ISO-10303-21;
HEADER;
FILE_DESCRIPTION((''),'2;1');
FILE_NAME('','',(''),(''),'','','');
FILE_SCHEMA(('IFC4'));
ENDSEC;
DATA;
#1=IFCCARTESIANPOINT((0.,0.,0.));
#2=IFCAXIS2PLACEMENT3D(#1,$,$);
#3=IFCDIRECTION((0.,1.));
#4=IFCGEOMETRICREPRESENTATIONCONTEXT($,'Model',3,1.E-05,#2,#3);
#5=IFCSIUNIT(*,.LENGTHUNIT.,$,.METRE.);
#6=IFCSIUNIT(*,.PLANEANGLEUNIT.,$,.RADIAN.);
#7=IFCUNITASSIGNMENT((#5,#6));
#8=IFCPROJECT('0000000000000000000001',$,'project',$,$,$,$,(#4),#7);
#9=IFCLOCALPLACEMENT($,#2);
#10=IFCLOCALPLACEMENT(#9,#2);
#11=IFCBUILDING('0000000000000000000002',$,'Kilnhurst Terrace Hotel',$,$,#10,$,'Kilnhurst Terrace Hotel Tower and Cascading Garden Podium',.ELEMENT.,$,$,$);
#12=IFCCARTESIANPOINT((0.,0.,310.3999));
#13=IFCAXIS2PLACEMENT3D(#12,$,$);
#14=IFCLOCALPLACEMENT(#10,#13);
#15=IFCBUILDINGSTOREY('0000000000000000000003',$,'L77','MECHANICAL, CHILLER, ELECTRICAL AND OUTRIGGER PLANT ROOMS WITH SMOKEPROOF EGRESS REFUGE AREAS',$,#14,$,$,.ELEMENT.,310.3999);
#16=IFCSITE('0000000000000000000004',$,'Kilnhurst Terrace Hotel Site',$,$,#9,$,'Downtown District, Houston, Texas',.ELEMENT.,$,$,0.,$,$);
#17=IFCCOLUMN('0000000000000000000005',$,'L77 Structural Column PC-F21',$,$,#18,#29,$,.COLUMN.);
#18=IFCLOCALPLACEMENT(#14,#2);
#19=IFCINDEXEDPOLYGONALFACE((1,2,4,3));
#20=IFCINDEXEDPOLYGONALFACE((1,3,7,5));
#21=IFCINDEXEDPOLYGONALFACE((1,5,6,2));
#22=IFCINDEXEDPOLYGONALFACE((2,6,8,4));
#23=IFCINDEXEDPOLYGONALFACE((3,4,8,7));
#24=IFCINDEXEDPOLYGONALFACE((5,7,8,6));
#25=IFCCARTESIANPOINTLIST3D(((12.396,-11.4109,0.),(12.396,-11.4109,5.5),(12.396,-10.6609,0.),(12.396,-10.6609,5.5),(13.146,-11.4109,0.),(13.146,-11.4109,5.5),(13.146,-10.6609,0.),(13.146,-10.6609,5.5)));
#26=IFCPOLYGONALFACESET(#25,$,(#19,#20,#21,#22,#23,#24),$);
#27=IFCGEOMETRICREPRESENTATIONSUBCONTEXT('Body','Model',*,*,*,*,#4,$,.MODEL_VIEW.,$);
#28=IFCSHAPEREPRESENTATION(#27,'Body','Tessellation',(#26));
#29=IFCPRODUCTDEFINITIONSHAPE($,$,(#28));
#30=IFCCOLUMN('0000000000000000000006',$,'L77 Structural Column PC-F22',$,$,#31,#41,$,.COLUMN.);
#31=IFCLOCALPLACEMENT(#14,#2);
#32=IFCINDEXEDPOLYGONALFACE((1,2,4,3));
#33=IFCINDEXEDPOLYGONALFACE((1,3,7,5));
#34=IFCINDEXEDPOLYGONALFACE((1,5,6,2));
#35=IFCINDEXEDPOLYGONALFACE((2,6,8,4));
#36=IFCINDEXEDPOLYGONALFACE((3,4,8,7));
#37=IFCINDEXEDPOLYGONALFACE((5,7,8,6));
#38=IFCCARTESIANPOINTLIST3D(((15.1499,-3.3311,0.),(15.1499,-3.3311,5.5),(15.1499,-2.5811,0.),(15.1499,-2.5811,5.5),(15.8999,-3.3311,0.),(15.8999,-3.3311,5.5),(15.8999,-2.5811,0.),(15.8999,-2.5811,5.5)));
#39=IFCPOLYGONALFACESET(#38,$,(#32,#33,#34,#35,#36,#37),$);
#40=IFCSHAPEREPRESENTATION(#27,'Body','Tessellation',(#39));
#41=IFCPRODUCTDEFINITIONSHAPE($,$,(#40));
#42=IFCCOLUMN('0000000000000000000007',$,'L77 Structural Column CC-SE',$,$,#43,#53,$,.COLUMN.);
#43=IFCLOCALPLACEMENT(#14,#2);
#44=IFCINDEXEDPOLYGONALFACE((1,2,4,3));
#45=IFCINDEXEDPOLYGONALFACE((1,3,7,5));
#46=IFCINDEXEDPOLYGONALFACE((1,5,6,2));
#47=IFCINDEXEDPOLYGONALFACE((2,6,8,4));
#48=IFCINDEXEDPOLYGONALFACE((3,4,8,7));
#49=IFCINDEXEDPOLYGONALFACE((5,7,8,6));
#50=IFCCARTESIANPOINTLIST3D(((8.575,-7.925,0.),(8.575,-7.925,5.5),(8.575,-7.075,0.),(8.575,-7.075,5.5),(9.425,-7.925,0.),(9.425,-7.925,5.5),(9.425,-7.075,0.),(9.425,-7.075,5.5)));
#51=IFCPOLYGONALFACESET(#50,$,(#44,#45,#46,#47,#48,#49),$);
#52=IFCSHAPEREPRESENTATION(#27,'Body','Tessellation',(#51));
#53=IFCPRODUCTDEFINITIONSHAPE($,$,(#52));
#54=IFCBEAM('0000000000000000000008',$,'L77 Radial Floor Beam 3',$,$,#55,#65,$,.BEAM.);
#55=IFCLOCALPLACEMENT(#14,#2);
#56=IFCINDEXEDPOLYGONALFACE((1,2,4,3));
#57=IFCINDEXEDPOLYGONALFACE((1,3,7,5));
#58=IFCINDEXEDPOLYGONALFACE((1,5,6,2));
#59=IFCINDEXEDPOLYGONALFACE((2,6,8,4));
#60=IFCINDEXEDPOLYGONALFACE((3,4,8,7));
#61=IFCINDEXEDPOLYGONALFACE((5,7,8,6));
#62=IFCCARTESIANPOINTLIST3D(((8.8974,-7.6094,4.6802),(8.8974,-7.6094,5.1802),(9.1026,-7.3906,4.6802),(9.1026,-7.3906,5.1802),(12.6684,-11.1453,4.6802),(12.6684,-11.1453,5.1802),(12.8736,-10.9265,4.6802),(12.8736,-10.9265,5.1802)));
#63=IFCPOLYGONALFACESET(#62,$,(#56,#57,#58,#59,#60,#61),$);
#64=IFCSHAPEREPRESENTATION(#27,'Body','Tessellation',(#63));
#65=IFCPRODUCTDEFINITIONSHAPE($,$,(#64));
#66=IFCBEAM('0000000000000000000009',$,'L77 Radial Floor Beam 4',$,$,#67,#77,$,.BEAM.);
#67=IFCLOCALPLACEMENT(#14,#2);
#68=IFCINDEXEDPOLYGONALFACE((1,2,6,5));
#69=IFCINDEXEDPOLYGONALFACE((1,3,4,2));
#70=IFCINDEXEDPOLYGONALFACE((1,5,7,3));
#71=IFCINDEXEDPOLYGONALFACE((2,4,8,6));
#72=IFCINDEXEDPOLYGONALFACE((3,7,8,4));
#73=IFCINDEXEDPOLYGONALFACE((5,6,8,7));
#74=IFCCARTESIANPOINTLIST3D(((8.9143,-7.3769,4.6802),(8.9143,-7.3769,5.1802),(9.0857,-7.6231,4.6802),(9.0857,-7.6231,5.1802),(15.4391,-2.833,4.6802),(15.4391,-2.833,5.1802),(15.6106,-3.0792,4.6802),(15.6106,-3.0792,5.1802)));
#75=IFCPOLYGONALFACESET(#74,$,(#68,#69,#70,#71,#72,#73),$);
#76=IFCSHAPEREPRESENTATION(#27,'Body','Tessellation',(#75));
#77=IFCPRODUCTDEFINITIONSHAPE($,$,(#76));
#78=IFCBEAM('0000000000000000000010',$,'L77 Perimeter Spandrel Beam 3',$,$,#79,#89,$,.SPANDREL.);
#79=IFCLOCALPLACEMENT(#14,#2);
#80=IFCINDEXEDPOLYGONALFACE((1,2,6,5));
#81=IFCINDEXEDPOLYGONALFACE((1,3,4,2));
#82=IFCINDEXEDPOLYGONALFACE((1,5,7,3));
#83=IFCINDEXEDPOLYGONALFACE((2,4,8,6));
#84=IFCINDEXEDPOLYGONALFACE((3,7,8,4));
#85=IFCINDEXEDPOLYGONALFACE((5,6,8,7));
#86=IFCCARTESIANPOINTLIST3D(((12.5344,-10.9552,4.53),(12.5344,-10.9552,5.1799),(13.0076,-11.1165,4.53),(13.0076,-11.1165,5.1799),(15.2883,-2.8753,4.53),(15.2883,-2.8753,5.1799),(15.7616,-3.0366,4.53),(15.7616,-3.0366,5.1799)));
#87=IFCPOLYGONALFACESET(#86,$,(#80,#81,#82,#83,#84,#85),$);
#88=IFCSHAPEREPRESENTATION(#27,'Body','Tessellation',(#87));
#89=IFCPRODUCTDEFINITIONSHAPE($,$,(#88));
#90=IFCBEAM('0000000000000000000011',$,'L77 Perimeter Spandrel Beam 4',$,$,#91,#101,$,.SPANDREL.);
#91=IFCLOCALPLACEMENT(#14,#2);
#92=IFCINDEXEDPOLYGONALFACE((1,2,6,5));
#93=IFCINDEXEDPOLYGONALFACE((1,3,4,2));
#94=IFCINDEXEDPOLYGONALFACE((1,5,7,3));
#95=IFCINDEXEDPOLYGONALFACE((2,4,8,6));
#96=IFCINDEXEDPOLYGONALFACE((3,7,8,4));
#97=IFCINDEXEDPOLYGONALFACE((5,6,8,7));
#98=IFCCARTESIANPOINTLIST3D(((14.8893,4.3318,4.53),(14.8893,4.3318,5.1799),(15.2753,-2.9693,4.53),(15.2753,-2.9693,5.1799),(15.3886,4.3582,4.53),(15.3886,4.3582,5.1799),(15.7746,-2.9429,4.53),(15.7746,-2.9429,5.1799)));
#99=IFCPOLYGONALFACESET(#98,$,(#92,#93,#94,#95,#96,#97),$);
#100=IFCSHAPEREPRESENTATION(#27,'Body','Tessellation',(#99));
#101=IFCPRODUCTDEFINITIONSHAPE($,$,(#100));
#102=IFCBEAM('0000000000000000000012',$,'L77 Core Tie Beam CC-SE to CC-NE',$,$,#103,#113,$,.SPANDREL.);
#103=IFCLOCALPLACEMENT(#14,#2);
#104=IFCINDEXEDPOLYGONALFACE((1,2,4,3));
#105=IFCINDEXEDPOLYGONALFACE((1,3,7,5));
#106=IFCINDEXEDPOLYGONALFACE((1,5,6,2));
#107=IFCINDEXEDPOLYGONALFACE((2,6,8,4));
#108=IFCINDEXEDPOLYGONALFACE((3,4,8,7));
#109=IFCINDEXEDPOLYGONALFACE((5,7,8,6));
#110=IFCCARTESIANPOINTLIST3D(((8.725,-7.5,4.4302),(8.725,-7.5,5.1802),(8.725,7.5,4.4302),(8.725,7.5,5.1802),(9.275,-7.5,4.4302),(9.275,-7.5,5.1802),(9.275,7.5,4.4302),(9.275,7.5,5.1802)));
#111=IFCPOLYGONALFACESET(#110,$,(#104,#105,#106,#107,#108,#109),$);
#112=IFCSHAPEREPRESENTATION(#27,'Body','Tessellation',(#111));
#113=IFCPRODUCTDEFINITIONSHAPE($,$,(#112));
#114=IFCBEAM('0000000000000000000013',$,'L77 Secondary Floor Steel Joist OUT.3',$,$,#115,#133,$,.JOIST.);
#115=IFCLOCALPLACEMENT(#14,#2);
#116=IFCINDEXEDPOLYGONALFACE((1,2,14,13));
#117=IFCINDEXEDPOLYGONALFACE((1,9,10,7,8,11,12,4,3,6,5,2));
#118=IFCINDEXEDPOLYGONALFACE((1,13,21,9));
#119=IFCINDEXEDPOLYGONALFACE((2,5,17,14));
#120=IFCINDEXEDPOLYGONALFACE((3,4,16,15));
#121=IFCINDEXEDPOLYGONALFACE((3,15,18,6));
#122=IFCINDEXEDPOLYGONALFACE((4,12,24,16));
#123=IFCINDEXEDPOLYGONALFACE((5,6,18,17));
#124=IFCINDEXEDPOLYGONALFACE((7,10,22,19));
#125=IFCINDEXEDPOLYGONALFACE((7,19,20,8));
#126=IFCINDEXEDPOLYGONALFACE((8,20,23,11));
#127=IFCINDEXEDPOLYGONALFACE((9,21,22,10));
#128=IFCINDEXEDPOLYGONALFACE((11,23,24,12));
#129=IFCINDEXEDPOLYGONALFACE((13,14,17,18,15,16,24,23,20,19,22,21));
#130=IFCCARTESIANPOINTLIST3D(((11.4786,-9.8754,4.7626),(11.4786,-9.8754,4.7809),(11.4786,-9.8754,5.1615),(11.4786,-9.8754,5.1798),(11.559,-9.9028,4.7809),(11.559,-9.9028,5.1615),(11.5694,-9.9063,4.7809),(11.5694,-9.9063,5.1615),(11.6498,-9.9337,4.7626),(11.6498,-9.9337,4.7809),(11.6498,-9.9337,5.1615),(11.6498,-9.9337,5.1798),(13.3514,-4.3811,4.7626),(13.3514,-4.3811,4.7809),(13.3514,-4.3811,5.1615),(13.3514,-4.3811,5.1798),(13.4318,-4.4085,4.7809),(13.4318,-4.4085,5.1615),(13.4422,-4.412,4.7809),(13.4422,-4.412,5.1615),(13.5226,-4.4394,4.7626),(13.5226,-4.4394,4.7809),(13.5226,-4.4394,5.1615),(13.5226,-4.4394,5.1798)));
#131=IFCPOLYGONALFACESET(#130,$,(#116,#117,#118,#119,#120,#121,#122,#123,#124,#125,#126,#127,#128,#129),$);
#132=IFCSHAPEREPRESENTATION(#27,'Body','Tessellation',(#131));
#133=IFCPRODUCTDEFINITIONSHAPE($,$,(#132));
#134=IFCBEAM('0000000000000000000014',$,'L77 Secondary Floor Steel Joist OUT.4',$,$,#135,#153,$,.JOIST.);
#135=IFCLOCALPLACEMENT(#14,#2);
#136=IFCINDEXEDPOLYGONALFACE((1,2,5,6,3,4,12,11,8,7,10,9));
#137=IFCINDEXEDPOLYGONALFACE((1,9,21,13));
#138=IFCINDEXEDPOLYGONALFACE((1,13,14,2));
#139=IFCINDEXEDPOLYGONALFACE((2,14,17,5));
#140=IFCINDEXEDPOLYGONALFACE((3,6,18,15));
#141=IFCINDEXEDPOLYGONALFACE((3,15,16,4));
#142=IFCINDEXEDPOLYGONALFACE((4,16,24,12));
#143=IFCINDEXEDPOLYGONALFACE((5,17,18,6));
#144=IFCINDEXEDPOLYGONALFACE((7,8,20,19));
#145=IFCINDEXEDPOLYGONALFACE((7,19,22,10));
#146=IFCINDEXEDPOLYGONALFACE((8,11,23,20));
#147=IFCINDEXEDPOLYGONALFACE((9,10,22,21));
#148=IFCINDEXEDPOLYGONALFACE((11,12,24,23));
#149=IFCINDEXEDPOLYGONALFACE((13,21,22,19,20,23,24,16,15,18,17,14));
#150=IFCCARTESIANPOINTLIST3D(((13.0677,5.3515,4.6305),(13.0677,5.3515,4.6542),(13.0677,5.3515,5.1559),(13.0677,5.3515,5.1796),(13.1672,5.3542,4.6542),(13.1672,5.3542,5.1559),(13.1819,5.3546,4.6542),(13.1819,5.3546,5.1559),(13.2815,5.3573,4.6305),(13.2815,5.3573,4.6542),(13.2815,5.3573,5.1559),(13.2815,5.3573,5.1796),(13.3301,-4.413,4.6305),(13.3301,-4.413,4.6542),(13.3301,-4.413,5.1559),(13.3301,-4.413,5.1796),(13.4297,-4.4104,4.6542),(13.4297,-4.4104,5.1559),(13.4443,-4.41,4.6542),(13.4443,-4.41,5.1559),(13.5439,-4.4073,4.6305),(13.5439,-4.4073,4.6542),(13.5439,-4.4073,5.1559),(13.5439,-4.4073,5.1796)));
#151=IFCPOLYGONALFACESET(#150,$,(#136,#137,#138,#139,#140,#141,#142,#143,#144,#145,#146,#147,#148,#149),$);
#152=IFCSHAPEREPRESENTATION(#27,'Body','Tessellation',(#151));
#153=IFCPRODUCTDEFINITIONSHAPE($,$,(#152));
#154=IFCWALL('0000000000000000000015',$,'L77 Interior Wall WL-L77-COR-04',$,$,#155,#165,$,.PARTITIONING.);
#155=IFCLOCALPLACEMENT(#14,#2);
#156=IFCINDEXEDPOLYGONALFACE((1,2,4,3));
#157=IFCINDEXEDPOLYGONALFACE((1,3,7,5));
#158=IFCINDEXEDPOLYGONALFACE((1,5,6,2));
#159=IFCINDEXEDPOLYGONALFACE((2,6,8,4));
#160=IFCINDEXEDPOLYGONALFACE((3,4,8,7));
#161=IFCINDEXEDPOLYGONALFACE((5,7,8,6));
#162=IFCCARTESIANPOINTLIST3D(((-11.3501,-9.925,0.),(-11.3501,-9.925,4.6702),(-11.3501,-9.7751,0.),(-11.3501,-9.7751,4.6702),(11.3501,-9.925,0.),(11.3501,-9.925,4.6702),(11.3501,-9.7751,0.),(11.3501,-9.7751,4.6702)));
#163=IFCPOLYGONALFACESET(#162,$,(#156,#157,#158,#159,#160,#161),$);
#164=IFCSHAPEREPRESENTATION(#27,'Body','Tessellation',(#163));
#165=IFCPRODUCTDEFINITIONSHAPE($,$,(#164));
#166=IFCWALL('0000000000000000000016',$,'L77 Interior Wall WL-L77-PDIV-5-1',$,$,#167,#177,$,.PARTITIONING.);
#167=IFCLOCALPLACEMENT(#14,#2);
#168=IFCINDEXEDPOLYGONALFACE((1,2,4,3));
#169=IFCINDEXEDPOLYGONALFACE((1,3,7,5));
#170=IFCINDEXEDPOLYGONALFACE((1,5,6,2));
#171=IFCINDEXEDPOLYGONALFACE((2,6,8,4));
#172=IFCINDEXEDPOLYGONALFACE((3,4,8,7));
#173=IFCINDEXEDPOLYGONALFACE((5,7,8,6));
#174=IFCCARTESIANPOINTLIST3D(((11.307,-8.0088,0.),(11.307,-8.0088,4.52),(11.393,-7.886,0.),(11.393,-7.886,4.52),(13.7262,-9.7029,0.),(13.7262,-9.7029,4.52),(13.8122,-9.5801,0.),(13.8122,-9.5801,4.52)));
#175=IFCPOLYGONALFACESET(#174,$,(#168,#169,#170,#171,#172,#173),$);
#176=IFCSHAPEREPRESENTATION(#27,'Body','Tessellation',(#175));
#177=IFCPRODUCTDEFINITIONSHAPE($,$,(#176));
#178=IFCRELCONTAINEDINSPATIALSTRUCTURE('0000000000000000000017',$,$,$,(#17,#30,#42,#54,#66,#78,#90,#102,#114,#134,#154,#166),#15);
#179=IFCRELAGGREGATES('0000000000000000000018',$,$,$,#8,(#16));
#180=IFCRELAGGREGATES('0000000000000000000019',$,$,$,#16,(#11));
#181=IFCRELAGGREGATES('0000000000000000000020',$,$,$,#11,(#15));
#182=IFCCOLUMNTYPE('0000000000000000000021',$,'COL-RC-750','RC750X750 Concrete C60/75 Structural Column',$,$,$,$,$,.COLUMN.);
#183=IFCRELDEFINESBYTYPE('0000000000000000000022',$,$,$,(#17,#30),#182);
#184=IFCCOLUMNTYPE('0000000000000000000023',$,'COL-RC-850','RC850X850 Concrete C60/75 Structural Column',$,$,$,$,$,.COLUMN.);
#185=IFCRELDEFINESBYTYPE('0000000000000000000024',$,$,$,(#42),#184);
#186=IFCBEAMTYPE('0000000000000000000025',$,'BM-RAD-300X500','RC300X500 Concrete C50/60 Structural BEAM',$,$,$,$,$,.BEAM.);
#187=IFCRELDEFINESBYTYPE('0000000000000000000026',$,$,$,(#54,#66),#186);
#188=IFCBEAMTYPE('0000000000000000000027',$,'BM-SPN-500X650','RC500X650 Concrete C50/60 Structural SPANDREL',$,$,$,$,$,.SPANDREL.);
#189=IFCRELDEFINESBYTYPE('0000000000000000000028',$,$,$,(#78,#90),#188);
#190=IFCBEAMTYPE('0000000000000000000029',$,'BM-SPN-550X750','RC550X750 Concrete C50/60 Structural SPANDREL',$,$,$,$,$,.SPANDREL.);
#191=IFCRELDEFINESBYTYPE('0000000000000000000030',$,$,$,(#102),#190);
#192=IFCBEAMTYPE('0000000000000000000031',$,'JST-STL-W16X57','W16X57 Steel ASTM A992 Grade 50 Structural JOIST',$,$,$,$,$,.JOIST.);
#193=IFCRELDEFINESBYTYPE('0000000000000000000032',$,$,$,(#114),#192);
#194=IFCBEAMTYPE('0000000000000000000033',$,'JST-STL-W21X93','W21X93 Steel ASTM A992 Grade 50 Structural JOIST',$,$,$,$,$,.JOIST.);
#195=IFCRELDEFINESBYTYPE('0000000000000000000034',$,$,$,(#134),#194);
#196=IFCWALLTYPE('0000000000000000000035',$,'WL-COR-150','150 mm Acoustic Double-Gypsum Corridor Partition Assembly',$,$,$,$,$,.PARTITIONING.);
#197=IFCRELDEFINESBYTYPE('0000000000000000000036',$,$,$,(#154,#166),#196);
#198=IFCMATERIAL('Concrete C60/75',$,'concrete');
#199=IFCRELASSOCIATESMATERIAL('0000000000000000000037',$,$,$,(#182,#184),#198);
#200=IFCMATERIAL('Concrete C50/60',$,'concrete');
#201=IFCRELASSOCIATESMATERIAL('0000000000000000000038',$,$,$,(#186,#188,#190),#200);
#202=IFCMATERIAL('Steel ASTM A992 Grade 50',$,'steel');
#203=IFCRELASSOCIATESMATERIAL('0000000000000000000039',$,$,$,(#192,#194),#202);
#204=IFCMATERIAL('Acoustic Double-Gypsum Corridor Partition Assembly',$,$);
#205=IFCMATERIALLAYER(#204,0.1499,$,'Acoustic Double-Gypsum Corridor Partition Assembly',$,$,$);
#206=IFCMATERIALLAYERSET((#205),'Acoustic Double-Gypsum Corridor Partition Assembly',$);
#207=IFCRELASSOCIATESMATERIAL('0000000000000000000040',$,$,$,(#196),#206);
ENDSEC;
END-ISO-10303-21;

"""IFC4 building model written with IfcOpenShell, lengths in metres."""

from ifc_helpers import new_model, si_unit, direction, frame, frame_2d, origin, origin_2d, place, context, subcontext, project, spatial, rectangle, i_section, extrude, material, layer, layer_set, material_profile, profile_set, type_object, element, save


model = new_model("IFC4")

# Units and contexts
model_context = context("Model", 3, precision=1e-05, world=origin(), true_north=direction((0.0, 1.0)))
body_context = subcontext(model_context, "Body", "Model", "MODEL_VIEW")
ifc_project = project(units=[si_unit("LENGTHUNIT", "METRE"), si_unit("PLANEANGLEUNIT", "RADIAN")], contexts=[model_context])

# Site, building, storey
site_placement = place(None, origin())
site = spatial("IfcSite", under=ifc_project, at=site_placement, Name="Kilnhurst Terrace Hotel Site", LongName="Downtown District, Houston, Texas", CompositionType="ELEMENT", RefElevation=0.0)
building_placement = place(site_placement, origin())
building = spatial("IfcBuilding", under=site, at=building_placement, Name="Kilnhurst Terrace Hotel", LongName="Kilnhurst Terrace Hotel Tower and Cascading Garden Podium", CompositionType="ELEMENT")
storey_placement = place(building_placement, frame((0.0, 0.0, 310.3999)))
storey = spatial("IfcBuildingStorey", under=building, at=storey_placement, Name="L77", Description="MECHANICAL, CHILLER, ELECTRICAL AND OUTRIGGER PLANT ROOMS WITH SMOKEPROOF EGRESS REFUGE AREAS", CompositionType="ELEMENT", Elevation=310.3999)

# Columns
ifc_material_1 = material(Name="Concrete C60/75", Category="concrete")
ifc_material_profile_1 = material_profile(ifc_material_1, rectangle(XDim=0.75, YDim=0.75, at=origin_2d()), Name="RC750X750")
ifc_profile_set_1 = profile_set([ifc_material_profile_1], Name="Concrete C60/75")
column_type_1 = type_object("IfcColumnType", Name="COL-RC-750", Description="RC750X750 Concrete C60/75 Structural Column", PredefinedType="COLUMN", material=ifc_profile_set_1)
for number, where, z_axis, x_axis, name in (
    (1, (12.771, -11.0359, 0.0), (0.0, 0.0, 1.0), (1.0, 0.0, 0.0), "L77 Structural Column PC-F21"),
    (2, (15.5249, -2.9561, 0.0), (0.0, 0.0, 1.0), (1.0, 0.0, 0.0), "L77 Structural Column PC-F22"),
):
    element("IfcColumn", number, at=place(storey_placement, frame(where, z_axis=z_axis, x_axis=x_axis)), inside=storey, type_object=column_type_1, Name=name, PredefinedType="COLUMN", context=body_context, shape_type="SweptSolid", body=[
        extrude(rectangle(XDim=0.75, YDim=0.75, at=origin_2d()), origin(), (0.0, 0.0, 1.0), 5.5),
    ])
ifc_material_profile_2 = material_profile(ifc_material_1, rectangle(XDim=0.8501, YDim=0.8501, at=origin_2d()), Name="RC850X850")
ifc_profile_set_2 = profile_set([ifc_material_profile_2], Name="Concrete C60/75")
column_type_2 = type_object("IfcColumnType", Name="COL-RC-850", Description="RC850X850 Concrete C60/75 Structural Column", PredefinedType="COLUMN", material=ifc_profile_set_2)
column_placement = place(storey_placement, frame((9.0, -7.5, 0.0), z_axis=(0.0, 0.0, 1.0), x_axis=(1.0, 0.0, 0.0)))
element("IfcColumn", 3, at=column_placement, inside=storey, type_object=column_type_2, Name="L77 Structural Column CC-SE", PredefinedType="COLUMN", context=body_context, shape_type="SweptSolid", body=[
    extrude(rectangle(XDim=0.8501, YDim=0.8501, at=origin_2d()), origin(), (0.0, 0.0, 1.0), 5.5),
])

# Beams
ifc_material_2 = material(Name="Concrete C50/60", Category="concrete")
ifc_material_profile_3 = material_profile(ifc_material_2, rectangle(XDim=0.3, YDim=0.5, at=origin_2d()), Name="RC300X500")
ifc_profile_set_3 = profile_set([ifc_material_profile_3], Name="Concrete C50/60")
beam_type_1 = type_object("IfcBeamType", Name="BM-RAD-300X500", Description="RC300X500 Concrete C50/60 Structural BEAM", PredefinedType="BEAM", material=ifc_profile_set_3)
beam_1_placement = place(storey_placement, frame((9.0, -7.5, 4.9302), z_axis=(0.729481, -0.684001, 0.0), x_axis=(0.684001, 0.729481, 0.0)))
element("IfcBeam", 4, at=beam_1_placement, inside=storey, type_object=beam_type_1, Name="L77 Radial Floor Beam 3", PredefinedType="BEAM", context=body_context, shape_type="SweptSolid", body=[
    extrude(rectangle(XDim=0.3, YDim=0.5, at=origin_2d()), origin(), (0.0, 0.0, 1.0), 5.1694),
])
beam_2_placement = place(storey_placement, frame((9.0, -7.5, 4.9302), z_axis=(0.820617, 0.571478, 0.0), x_axis=(-0.571478, 0.820617, 0.0)))
element("IfcBeam", 5, at=beam_2_placement, inside=storey, type_object=beam_type_1, Name="L77 Radial Floor Beam 4", PredefinedType="BEAM", context=body_context, shape_type="SweptSolid", body=[
    extrude(rectangle(XDim=0.3, YDim=0.5, at=origin_2d()), origin(), (0.0, 0.0, 1.0), 7.9512),
])
ifc_material_profile_4 = material_profile(ifc_material_2, rectangle(XDim=0.5, YDim=0.6499, at=origin_2d()), Name="RC500X650")
ifc_profile_set_4 = profile_set([ifc_material_profile_4], Name="Concrete C50/60")
beam_type_2 = type_object("IfcBeamType", Name="BM-SPN-500X650", Description="RC500X650 Concrete C50/60 Structural SPANDREL", PredefinedType="SPANDREL", material=ifc_profile_set_4)
beam_3_placement = place(storey_placement, frame((12.771, -11.0359, 4.855), z_axis=(0.322613, 0.946531, 0.0), x_axis=(-0.946531, 0.322613, 0.0)))
element("IfcBeam", 6, at=beam_3_placement, inside=storey, type_object=beam_type_2, Name="L77 Perimeter Spandrel Beam 3", PredefinedType="SPANDREL", context=body_context, shape_type="SweptSolid", body=[
    extrude(rectangle(XDim=0.5, YDim=0.6499, at=origin_2d()), origin(), (0.0, 0.0, 1.0), 8.5364),
])
beam_4_placement = place(storey_placement, frame((15.5249, -2.9561, 4.855), z_axis=(-0.052794, 0.998605, 0.0), x_axis=(-0.998605, -0.052794, 0.0)))
element("IfcBeam", 7, at=beam_4_placement, inside=storey, type_object=beam_type_2, Name="L77 Perimeter Spandrel Beam 4", PredefinedType="SPANDREL", context=body_context, shape_type="SweptSolid", body=[
    extrude(rectangle(XDim=0.5, YDim=0.6499, at=origin_2d()), origin(), (0.0, 0.0, 1.0), 7.3113),
])
ifc_material_profile_5 = material_profile(ifc_material_2, rectangle(XDim=0.55, YDim=0.75, at=origin_2d()), Name="RC550X750")
ifc_profile_set_5 = profile_set([ifc_material_profile_5], Name="Concrete C50/60")
beam_type_3 = type_object("IfcBeamType", Name="BM-SPN-550X750", Description="RC550X750 Concrete C50/60 Structural SPANDREL", PredefinedType="SPANDREL", material=ifc_profile_set_5)
beam_5_placement = place(storey_placement, frame((9.0, -7.5, 4.8052), z_axis=(0.0, 1.0, 0.0), x_axis=(-1.0, 0.0, 0.0)))
element("IfcBeam", 8, at=beam_5_placement, inside=storey, type_object=beam_type_3, Name="L77 Core Tie Beam CC-SE to CC-NE", PredefinedType="SPANDREL", context=body_context, shape_type="SweptSolid", body=[
    extrude(rectangle(XDim=0.55, YDim=0.75, at=origin_2d()), origin(), (0.0, 0.0, 1.0), 15.0),
])
ifc_material_3 = material(Name="Steel ASTM A992 Grade 50", Category="steel")
ifc_material_profile_6 = material_profile(ifc_material_3, i_section(OverallWidth=0.1809, OverallDepth=0.4172, WebThickness=0.011, FlangeThickness=0.0183, at=origin_2d()), Name="W16X57")
ifc_profile_set_6 = profile_set([ifc_material_profile_6], Name="Steel ASTM A992 Grade 50")
beam_type_4 = type_object("IfcBeamType", Name="JST-STL-W16X57", Description="W16X57 Steel ASTM A992 Grade 50 Structural JOIST", PredefinedType="JOIST", material=ifc_profile_set_6)
beam_6_placement = place(storey_placement, frame((11.5642, -9.9045, 4.9712), z_axis=(0.32263, 0.946525, 0.0), x_axis=(-0.946525, 0.32263, 0.0)))
element("IfcBeam", 9, at=beam_6_placement, inside=storey, type_object=beam_type_4, Name="L77 Secondary Floor Steel Joist OUT.3", PredefinedType="JOIST", context=body_context, shape_type="SweptSolid", body=[
    extrude(i_section(OverallWidth=0.1809, OverallDepth=0.4172, WebThickness=0.011, FlangeThickness=0.0183, at=origin_2d()), origin(), (0.0, 0.0, 1.0), 5.8047),
])
ifc_material_profile_7 = material_profile(ifc_material_3, i_section(OverallWidth=0.2139, OverallDepth=0.5491, WebThickness=0.0146, FlangeThickness=0.0237, at=origin_2d()), Name="W21X93")
ifc_profile_set_7 = profile_set([ifc_material_profile_7], Name="Steel ASTM A992 Grade 50")
beam_type_5 = type_object("IfcBeamType", Name="JST-STL-W21X93", Description="W21X93 Steel ASTM A992 Grade 50 Structural JOIST", PredefinedType="JOIST", material=ifc_profile_set_7)
beam_7_placement = place(storey_placement, frame((13.437, -4.4102, 4.905), z_axis=(-0.026868, 0.999639, 0.0), x_axis=(-0.999639, -0.026868, 0.0)))
element("IfcBeam", 10, at=beam_7_placement, inside=storey, type_object=beam_type_5, Name="L77 Secondary Floor Steel Joist OUT.4", PredefinedType="JOIST", context=body_context, shape_type="SweptSolid", body=[
    extrude(i_section(OverallWidth=0.2139, OverallDepth=0.5491, WebThickness=0.0146, FlangeThickness=0.0237, at=origin_2d()), origin(), (0.0, 0.0, 1.0), 9.7681),
])

# Walls
ifc_material_4 = material(Name="Acoustic Double-Gypsum Corridor Partition Assembly")
ifc_layer_1 = layer(ifc_material_4, 0.1499, Name="Acoustic Double-Gypsum Corridor Partition Assembly")
ifc_layer_set_1 = layer_set([ifc_layer_1], Name="Acoustic Double-Gypsum Corridor Partition Assembly")
wall_type_1 = type_object("IfcWallType", Name="WL-COR-150", Description="150 mm Acoustic Double-Gypsum Corridor Partition Assembly", PredefinedType="PARTITIONING", material=ifc_layer_set_1)
wall_1_placement = place(storey_placement, frame((11.3501, -9.8501, 0.0), z_axis=(0.0, 0.0, 1.0), x_axis=(-1.0, 0.0, 0.0)))
element("IfcWall", 11, at=wall_1_placement, inside=storey, type_object=wall_type_1, Name="L77 Interior Wall WL-L77-COR-04", PredefinedType="PARTITIONING", context=body_context, shape_type="SweptSolid", body=[
    extrude(rectangle(XDim=22.7002, YDim=0.1499, at=frame_2d((11.3501, 0.0))), origin(), (0.0, 0.0, 1.0), 4.6702),
])
wall_2_placement = place(storey_placement, frame((11.3501, -7.9475, 0.0), z_axis=(0.0, 0.0, 1.0), x_axis=(0.819127, -0.573612, 0.0)))
element("IfcWall", 12, at=wall_2_placement, inside=storey, type_object=wall_type_1, Name="L77 Interior Wall WL-L77-PDIV-5-1", PredefinedType="PARTITIONING", context=body_context, shape_type="SweptSolid", body=[
    extrude(rectangle(XDim=2.9534, YDim=0.1499, at=frame_2d((1.4766, 0.0))), origin(), (0.0, 0.0, 1.0), 4.52),
])

save(model, "model.ifc")
